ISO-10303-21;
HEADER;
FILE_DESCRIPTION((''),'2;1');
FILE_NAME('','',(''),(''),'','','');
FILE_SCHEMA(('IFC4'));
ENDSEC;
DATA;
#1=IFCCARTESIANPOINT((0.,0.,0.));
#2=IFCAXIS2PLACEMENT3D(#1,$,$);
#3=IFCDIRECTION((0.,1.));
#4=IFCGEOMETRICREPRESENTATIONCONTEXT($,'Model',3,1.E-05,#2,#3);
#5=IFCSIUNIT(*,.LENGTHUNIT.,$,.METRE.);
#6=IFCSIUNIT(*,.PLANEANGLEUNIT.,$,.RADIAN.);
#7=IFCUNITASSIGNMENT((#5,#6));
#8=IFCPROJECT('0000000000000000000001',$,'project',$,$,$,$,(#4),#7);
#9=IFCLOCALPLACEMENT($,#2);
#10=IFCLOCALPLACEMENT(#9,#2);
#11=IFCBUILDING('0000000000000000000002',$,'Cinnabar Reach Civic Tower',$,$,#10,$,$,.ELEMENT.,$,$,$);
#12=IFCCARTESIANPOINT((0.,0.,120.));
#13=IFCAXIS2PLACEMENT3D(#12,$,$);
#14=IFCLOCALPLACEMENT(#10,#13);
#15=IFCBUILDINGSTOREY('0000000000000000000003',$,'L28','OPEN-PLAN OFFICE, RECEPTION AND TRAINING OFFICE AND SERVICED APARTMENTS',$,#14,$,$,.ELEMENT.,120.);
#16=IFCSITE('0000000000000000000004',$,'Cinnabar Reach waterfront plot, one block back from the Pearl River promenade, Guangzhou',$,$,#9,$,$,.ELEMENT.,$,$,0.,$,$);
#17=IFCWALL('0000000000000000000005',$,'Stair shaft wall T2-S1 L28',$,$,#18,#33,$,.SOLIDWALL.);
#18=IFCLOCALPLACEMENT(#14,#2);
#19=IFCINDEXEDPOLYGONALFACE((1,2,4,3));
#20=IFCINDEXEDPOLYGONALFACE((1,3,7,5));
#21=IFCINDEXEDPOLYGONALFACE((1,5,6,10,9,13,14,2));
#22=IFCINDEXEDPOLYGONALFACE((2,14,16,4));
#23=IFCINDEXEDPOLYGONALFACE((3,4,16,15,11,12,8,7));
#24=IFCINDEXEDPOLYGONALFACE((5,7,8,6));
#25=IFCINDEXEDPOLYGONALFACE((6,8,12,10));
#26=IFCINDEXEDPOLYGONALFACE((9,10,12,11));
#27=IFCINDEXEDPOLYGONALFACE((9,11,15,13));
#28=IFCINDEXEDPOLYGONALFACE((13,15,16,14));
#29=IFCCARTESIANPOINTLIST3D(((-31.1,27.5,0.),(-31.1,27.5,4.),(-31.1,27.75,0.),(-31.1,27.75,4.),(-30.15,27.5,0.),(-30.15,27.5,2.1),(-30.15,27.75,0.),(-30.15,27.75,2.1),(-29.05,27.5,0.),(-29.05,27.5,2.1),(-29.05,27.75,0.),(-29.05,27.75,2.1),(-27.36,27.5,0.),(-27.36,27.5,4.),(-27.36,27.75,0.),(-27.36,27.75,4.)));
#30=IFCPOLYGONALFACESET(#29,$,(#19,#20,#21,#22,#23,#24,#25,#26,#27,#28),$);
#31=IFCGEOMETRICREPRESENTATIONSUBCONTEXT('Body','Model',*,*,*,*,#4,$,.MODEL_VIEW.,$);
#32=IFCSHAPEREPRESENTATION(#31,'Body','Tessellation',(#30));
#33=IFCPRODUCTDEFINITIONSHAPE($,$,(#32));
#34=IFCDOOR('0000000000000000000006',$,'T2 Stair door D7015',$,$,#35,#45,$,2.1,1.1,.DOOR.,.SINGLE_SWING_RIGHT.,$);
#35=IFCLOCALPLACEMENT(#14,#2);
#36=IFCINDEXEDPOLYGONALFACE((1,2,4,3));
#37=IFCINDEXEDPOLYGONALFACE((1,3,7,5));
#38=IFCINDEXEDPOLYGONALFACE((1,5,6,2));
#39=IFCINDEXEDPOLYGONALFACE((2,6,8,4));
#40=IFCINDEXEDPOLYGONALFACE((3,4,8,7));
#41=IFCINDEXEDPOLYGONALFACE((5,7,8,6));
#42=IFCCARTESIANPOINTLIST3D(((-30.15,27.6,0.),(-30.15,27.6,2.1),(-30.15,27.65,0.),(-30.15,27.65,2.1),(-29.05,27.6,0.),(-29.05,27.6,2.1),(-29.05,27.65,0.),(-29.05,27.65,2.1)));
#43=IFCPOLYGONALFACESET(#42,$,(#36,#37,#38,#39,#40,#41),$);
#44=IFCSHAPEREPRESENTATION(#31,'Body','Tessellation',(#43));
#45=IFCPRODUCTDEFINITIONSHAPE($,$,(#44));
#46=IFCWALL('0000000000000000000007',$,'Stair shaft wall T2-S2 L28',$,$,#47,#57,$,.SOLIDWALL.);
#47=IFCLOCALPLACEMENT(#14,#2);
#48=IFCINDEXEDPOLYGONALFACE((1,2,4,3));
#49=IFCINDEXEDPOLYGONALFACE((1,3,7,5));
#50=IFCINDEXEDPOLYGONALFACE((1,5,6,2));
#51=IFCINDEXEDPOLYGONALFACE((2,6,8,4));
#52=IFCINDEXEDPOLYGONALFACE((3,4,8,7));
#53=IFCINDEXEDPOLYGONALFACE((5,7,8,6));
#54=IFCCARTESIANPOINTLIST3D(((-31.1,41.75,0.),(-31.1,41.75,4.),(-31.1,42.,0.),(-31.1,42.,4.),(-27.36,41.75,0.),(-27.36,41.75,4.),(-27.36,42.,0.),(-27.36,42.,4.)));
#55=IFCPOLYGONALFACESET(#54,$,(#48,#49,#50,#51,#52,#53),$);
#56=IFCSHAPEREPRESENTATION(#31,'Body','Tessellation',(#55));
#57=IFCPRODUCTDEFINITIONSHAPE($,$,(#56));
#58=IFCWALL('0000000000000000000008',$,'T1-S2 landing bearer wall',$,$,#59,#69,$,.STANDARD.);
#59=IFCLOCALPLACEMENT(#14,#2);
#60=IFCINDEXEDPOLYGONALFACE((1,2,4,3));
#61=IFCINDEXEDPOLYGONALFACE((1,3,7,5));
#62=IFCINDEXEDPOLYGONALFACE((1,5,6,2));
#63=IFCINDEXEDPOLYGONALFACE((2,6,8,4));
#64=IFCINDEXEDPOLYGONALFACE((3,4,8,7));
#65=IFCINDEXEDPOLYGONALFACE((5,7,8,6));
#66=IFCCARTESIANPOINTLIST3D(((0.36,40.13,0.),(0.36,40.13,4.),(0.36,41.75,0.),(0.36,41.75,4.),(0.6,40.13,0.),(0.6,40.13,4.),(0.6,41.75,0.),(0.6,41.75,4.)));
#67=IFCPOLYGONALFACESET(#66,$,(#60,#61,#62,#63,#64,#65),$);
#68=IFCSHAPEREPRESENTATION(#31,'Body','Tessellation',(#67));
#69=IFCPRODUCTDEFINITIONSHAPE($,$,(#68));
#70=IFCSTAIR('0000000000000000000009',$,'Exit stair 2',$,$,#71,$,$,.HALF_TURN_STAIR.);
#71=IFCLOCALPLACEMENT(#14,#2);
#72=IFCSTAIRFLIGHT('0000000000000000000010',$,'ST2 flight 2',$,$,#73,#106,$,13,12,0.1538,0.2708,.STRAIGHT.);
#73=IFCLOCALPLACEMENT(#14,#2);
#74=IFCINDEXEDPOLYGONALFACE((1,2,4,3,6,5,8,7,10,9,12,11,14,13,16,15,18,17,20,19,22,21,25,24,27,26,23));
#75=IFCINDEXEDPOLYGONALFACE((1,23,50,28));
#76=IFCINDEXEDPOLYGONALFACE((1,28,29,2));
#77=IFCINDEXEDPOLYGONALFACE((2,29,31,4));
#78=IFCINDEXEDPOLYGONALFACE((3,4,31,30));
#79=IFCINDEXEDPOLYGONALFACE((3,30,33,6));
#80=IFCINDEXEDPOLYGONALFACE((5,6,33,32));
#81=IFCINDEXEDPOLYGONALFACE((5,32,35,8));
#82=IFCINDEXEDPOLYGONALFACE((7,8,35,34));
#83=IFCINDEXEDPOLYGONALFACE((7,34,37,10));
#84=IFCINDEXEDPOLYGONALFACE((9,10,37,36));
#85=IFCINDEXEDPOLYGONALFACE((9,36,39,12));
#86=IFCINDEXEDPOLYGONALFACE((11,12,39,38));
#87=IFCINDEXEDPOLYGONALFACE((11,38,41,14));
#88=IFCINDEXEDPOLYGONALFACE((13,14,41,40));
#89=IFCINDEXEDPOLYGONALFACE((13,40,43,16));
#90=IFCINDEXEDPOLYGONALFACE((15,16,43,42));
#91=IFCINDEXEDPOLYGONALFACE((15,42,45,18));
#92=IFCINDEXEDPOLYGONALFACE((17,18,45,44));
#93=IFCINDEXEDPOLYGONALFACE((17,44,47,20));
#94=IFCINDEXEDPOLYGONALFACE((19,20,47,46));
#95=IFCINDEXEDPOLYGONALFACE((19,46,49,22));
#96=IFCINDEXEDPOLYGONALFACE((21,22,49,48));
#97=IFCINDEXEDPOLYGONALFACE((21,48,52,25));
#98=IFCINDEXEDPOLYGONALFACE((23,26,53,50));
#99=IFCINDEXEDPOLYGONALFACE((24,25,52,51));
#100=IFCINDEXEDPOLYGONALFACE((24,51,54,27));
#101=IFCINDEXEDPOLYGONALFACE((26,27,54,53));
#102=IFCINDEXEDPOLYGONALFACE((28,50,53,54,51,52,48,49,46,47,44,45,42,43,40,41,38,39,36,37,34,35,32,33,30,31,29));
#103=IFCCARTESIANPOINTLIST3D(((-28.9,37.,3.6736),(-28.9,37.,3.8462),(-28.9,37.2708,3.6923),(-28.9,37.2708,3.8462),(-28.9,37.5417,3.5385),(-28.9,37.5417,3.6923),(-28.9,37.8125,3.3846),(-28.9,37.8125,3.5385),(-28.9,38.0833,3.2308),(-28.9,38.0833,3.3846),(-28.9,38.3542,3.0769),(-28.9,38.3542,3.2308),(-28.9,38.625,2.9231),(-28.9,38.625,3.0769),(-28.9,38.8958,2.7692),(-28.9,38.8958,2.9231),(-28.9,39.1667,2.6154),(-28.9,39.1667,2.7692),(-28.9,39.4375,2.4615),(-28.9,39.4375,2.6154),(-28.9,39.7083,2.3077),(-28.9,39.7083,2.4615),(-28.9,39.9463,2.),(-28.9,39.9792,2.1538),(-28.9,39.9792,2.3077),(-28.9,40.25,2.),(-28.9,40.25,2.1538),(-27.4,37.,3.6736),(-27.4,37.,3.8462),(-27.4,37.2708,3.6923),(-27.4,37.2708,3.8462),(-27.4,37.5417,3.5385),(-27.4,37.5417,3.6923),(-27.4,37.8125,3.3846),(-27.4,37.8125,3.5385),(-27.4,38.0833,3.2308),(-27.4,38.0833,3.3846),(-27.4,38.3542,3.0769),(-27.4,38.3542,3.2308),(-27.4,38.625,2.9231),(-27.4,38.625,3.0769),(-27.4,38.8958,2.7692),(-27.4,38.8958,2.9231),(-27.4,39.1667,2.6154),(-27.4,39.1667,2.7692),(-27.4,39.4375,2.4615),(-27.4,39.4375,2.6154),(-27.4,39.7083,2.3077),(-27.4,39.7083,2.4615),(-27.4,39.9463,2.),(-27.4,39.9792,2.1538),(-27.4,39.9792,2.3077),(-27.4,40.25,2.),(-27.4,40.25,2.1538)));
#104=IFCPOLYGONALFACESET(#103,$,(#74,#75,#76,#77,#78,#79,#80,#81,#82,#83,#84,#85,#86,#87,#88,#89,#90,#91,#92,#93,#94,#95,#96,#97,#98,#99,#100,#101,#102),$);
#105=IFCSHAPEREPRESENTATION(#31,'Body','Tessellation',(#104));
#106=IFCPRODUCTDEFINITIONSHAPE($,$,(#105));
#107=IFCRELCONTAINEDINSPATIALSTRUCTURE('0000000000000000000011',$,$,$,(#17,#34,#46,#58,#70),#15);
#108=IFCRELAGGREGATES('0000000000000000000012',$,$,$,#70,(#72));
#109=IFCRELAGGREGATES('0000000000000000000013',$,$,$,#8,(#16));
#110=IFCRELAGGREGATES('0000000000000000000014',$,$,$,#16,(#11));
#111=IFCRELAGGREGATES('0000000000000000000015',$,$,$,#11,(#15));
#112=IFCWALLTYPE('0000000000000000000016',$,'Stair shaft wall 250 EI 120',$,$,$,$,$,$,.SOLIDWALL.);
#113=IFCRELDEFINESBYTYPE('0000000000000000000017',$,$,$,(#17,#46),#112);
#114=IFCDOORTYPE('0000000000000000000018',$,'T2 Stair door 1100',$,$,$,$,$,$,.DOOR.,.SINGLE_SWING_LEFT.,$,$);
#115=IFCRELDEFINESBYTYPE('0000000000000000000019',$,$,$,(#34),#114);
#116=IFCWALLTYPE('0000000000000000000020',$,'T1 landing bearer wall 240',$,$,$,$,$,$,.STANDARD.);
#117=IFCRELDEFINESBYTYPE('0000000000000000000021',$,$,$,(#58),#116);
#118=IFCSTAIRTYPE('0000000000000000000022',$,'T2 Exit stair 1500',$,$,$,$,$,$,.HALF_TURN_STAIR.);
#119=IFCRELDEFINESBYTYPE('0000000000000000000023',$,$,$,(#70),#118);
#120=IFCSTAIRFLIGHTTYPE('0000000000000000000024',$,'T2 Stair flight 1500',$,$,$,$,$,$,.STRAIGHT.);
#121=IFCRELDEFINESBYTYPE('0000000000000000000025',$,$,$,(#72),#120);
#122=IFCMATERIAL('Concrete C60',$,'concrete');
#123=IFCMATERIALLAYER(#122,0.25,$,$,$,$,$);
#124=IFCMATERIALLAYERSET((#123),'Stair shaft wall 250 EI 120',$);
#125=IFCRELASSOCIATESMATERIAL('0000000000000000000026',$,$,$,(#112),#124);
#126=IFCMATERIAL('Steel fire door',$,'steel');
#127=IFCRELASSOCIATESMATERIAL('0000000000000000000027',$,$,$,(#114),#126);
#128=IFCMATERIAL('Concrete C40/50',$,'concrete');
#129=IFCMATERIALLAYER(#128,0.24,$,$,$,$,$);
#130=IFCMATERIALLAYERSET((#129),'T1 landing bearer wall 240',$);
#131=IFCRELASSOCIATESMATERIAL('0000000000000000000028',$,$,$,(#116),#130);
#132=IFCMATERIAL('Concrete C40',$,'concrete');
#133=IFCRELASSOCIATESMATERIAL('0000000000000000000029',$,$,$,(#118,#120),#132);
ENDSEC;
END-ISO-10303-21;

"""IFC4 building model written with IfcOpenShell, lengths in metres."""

from ifc_helpers import new_model, si_unit, direction, frame, frame_2d, origin, place, context, subcontext, project, spatial, polyline, rectangle, outline, extrude, material, layer, layer_set, type_object, element, fill, aggregate, save


model = new_model("IFC4")

# Units and contexts
model_context = context("Model", 3, precision=1e-05, world=origin(), true_north=direction((0.0, 1.0)))
body_context = subcontext(model_context, "Body", "Model", "MODEL_VIEW")
ifc_project = project(units=[si_unit("LENGTHUNIT", "METRE"), si_unit("PLANEANGLEUNIT", "RADIAN")], contexts=[model_context])

# Site, building, storey
site_placement = place(None, origin())
site = spatial("IfcSite", under=ifc_project, at=site_placement, Name="Cinnabar Reach waterfront plot, one block back from the Pearl River promenade, Guangzhou", CompositionType="ELEMENT", RefElevation=0.0)
building_placement = place(site_placement, origin())
building = spatial("IfcBuilding", under=site, at=building_placement, Name="Cinnabar Reach Civic Tower", CompositionType="ELEMENT")
storey_placement = place(building_placement, frame((0.0, 0.0, 120.0)))
storey = spatial("IfcBuildingStorey", under=building, at=storey_placement, Name="L28", Description="OPEN-PLAN OFFICE, RECEPTION AND TRAINING OFFICE AND SERVICED APARTMENTS", CompositionType="ELEMENT", Elevation=120.0)

# Shared definitions
ifc_material_1 = material(Name="Concrete C60", Category="concrete")

# Shared definitions
ifc_material_2 = material(Name="Concrete C40", Category="concrete")

# Wall, opening, door
ifc_layer_1 = layer(ifc_material_1, 0.25)
ifc_layer_set_1 = layer_set([ifc_layer_1], Name="Stair shaft wall 250 EI 120")
wall_type_1 = type_object("IfcWallType", Name="Stair shaft wall 250 EI 120", PredefinedType="SOLIDWALL", material=ifc_layer_set_1)
wall_1_placement = place(storey_placement, frame((-27.36, 27.625, 0.0), z_axis=(0.0, 0.0, 1.0), x_axis=(-1.0, 0.0, 0.0)))
wall_1 = element("IfcWall", 1, at=wall_1_placement, inside=storey, type_object=wall_type_1, Name="Stair shaft wall T2-S1 L28", PredefinedType="SOLIDWALL", context=body_context, shape_type="SweptSolid", body=[
    extrude(rectangle(XDim=3.74, YDim=0.25, at=frame_2d((1.87, 0.0))), origin(), (0.0, 0.0, 1.0), 4.0),
])
opening_1_placement = place(wall_1_placement, frame((1.69, 0.0, 0.0)))
opening_1 = element("IfcOpeningElement", 2, at=opening_1_placement, cuts=wall_1, PredefinedType="OPENING", context=body_context, shape_type="SweptSolid", body=[
    extrude(rectangle(XDim=1.1, YDim=2.1, at=frame_2d((0.55, 1.05))), frame((0.0, 0.135, 0.0), z_axis=(0.0, -1.0, 0.0), x_axis=(1.0, 0.0, 0.0)), (0.0, 0.0, 1.0), 0.27),
])
ifc_material_3 = material(Name="Steel fire door", Category="steel")
door_type_1 = type_object("IfcDoorType", Name="T2 Stair door 1100", OperationType="SINGLE_SWING_LEFT", PredefinedType="DOOR", material=ifc_material_3)
door_1_placement = place(opening_1_placement, origin())
door_1 = element("IfcDoor", 3, at=door_1_placement, inside=storey, type_object=door_type_1, Name="T2 Stair door D7015", OperationType="SINGLE_SWING_RIGHT", OverallHeight=2.1, OverallWidth=1.1, PredefinedType="DOOR", context=body_context, shape_type="SweptSolid", body=[
    extrude(rectangle(XDim=1.1, YDim=2.1, at=frame_2d((0.55, 1.05))), frame((0.0, 0.025, 0.0), z_axis=(0.0, -1.0, 0.0), x_axis=(1.0, 0.0, 0.0)), (0.0, 0.0, 1.0), 0.05),
])
fill(opening_1, door_1)

# Walls
wall_2_placement = place(storey_placement, frame((-27.36, 41.875, 0.0), z_axis=(0.0, 0.0, 1.0), x_axis=(-1.0, 0.0, 0.0)))
element("IfcWall", 4, at=wall_2_placement, inside=storey, type_object=wall_type_1, Name="Stair shaft wall T2-S2 L28", PredefinedType="SOLIDWALL", context=body_context, shape_type="SweptSolid", body=[
    extrude(rectangle(XDim=3.74, YDim=0.25, at=frame_2d((1.87, 0.0))), origin(), (0.0, 0.0, 1.0), 4.0),
])
ifc_material_4 = material(Name="Concrete C40/50", Category="concrete")
ifc_layer_2 = layer(ifc_material_4, 0.24)
ifc_layer_set_2 = layer_set([ifc_layer_2], Name="T1 landing bearer wall 240")
wall_type_2 = type_object("IfcWallType", Name="T1 landing bearer wall 240", PredefinedType="STANDARD", material=ifc_layer_set_2)
wall_3_placement = place(storey_placement, frame((0.48, 40.13, 0.0), z_axis=(0.0, 0.0, 1.0), x_axis=(0.0, 1.0, 0.0)))
element("IfcWall", 5, at=wall_3_placement, inside=storey, type_object=wall_type_2, Name="T1-S2 landing bearer wall", PredefinedType="STANDARD", context=body_context, shape_type="SweptSolid", body=[
    extrude(rectangle(XDim=1.62, YDim=0.24, at=frame_2d((0.81, 0.0))), origin(), (0.0, 0.0, 1.0), 4.0),
])

# Stair, stair flight
stair_type = type_object("IfcStairType", Name="T2 Exit stair 1500", PredefinedType="HALF_TURN_STAIR", material=ifc_material_2)
stair_placement = place(storey_placement, origin())
stair = element("IfcStair", 6, at=stair_placement, inside=storey, type_object=stair_type, Name="Exit stair 2", PredefinedType="HALF_TURN_STAIR")
stair_flight_type = type_object("IfcStairFlightType", Name="T2 Stair flight 1500", PredefinedType="STRAIGHT", material=ifc_material_2)
stair_flight_placement = place(storey_placement, frame((-28.15, 40.25, 2.0), z_axis=(0.0, 0.0, 1.0), x_axis=(0.0, -1.0, 0.0)))
stair_flight = element("IfcStairFlight", 7, at=stair_flight_placement, type_object=stair_flight_type, Name="ST2 flight 2", NumberOfRisers=13, NumberOfTreads=12, PredefinedType="STRAIGHT", RiserHeight=0.1538, TreadLength=0.2708, context=body_context, shape_type="SweptSolid", body=[
    extrude(outline(polyline([(0.0, 0.0), (0.0, 0.1538), (0.2708, 0.1538), (0.2708, 0.3077), (0.5417, 0.3077), (0.5417, 0.4615), (0.8125, 0.4615), (0.8125, 0.6154), (1.0833, 0.6154), (1.0833, 0.7692), (1.3542, 0.7692), (1.3542, 0.9231), (1.625, 0.9231), (1.625, 1.0769), (1.8958, 1.0769), (1.8958, 1.2308), (2.1667, 1.2308), (2.1667, 1.3846), (2.4375, 1.3846), (2.4375, 1.5385), (2.7083, 1.5385), (2.7083, 1.6923), (2.9792, 1.6923), (2.9792, 1.8462), (3.25, 1.8462), (3.25, 2.0), (3.25, 1.6736), (0.3037, 0.0), (0.0, 0.0)])), frame((0.0, 0.75, 0.0), z_axis=(0.0, -1.0, 0.0), x_axis=(1.0, 0.0, 0.0)), (0.0, 0.0, 1.0), 1.5),
])
aggregate(stair, [stair_flight])

save(model, "model.ifc")
